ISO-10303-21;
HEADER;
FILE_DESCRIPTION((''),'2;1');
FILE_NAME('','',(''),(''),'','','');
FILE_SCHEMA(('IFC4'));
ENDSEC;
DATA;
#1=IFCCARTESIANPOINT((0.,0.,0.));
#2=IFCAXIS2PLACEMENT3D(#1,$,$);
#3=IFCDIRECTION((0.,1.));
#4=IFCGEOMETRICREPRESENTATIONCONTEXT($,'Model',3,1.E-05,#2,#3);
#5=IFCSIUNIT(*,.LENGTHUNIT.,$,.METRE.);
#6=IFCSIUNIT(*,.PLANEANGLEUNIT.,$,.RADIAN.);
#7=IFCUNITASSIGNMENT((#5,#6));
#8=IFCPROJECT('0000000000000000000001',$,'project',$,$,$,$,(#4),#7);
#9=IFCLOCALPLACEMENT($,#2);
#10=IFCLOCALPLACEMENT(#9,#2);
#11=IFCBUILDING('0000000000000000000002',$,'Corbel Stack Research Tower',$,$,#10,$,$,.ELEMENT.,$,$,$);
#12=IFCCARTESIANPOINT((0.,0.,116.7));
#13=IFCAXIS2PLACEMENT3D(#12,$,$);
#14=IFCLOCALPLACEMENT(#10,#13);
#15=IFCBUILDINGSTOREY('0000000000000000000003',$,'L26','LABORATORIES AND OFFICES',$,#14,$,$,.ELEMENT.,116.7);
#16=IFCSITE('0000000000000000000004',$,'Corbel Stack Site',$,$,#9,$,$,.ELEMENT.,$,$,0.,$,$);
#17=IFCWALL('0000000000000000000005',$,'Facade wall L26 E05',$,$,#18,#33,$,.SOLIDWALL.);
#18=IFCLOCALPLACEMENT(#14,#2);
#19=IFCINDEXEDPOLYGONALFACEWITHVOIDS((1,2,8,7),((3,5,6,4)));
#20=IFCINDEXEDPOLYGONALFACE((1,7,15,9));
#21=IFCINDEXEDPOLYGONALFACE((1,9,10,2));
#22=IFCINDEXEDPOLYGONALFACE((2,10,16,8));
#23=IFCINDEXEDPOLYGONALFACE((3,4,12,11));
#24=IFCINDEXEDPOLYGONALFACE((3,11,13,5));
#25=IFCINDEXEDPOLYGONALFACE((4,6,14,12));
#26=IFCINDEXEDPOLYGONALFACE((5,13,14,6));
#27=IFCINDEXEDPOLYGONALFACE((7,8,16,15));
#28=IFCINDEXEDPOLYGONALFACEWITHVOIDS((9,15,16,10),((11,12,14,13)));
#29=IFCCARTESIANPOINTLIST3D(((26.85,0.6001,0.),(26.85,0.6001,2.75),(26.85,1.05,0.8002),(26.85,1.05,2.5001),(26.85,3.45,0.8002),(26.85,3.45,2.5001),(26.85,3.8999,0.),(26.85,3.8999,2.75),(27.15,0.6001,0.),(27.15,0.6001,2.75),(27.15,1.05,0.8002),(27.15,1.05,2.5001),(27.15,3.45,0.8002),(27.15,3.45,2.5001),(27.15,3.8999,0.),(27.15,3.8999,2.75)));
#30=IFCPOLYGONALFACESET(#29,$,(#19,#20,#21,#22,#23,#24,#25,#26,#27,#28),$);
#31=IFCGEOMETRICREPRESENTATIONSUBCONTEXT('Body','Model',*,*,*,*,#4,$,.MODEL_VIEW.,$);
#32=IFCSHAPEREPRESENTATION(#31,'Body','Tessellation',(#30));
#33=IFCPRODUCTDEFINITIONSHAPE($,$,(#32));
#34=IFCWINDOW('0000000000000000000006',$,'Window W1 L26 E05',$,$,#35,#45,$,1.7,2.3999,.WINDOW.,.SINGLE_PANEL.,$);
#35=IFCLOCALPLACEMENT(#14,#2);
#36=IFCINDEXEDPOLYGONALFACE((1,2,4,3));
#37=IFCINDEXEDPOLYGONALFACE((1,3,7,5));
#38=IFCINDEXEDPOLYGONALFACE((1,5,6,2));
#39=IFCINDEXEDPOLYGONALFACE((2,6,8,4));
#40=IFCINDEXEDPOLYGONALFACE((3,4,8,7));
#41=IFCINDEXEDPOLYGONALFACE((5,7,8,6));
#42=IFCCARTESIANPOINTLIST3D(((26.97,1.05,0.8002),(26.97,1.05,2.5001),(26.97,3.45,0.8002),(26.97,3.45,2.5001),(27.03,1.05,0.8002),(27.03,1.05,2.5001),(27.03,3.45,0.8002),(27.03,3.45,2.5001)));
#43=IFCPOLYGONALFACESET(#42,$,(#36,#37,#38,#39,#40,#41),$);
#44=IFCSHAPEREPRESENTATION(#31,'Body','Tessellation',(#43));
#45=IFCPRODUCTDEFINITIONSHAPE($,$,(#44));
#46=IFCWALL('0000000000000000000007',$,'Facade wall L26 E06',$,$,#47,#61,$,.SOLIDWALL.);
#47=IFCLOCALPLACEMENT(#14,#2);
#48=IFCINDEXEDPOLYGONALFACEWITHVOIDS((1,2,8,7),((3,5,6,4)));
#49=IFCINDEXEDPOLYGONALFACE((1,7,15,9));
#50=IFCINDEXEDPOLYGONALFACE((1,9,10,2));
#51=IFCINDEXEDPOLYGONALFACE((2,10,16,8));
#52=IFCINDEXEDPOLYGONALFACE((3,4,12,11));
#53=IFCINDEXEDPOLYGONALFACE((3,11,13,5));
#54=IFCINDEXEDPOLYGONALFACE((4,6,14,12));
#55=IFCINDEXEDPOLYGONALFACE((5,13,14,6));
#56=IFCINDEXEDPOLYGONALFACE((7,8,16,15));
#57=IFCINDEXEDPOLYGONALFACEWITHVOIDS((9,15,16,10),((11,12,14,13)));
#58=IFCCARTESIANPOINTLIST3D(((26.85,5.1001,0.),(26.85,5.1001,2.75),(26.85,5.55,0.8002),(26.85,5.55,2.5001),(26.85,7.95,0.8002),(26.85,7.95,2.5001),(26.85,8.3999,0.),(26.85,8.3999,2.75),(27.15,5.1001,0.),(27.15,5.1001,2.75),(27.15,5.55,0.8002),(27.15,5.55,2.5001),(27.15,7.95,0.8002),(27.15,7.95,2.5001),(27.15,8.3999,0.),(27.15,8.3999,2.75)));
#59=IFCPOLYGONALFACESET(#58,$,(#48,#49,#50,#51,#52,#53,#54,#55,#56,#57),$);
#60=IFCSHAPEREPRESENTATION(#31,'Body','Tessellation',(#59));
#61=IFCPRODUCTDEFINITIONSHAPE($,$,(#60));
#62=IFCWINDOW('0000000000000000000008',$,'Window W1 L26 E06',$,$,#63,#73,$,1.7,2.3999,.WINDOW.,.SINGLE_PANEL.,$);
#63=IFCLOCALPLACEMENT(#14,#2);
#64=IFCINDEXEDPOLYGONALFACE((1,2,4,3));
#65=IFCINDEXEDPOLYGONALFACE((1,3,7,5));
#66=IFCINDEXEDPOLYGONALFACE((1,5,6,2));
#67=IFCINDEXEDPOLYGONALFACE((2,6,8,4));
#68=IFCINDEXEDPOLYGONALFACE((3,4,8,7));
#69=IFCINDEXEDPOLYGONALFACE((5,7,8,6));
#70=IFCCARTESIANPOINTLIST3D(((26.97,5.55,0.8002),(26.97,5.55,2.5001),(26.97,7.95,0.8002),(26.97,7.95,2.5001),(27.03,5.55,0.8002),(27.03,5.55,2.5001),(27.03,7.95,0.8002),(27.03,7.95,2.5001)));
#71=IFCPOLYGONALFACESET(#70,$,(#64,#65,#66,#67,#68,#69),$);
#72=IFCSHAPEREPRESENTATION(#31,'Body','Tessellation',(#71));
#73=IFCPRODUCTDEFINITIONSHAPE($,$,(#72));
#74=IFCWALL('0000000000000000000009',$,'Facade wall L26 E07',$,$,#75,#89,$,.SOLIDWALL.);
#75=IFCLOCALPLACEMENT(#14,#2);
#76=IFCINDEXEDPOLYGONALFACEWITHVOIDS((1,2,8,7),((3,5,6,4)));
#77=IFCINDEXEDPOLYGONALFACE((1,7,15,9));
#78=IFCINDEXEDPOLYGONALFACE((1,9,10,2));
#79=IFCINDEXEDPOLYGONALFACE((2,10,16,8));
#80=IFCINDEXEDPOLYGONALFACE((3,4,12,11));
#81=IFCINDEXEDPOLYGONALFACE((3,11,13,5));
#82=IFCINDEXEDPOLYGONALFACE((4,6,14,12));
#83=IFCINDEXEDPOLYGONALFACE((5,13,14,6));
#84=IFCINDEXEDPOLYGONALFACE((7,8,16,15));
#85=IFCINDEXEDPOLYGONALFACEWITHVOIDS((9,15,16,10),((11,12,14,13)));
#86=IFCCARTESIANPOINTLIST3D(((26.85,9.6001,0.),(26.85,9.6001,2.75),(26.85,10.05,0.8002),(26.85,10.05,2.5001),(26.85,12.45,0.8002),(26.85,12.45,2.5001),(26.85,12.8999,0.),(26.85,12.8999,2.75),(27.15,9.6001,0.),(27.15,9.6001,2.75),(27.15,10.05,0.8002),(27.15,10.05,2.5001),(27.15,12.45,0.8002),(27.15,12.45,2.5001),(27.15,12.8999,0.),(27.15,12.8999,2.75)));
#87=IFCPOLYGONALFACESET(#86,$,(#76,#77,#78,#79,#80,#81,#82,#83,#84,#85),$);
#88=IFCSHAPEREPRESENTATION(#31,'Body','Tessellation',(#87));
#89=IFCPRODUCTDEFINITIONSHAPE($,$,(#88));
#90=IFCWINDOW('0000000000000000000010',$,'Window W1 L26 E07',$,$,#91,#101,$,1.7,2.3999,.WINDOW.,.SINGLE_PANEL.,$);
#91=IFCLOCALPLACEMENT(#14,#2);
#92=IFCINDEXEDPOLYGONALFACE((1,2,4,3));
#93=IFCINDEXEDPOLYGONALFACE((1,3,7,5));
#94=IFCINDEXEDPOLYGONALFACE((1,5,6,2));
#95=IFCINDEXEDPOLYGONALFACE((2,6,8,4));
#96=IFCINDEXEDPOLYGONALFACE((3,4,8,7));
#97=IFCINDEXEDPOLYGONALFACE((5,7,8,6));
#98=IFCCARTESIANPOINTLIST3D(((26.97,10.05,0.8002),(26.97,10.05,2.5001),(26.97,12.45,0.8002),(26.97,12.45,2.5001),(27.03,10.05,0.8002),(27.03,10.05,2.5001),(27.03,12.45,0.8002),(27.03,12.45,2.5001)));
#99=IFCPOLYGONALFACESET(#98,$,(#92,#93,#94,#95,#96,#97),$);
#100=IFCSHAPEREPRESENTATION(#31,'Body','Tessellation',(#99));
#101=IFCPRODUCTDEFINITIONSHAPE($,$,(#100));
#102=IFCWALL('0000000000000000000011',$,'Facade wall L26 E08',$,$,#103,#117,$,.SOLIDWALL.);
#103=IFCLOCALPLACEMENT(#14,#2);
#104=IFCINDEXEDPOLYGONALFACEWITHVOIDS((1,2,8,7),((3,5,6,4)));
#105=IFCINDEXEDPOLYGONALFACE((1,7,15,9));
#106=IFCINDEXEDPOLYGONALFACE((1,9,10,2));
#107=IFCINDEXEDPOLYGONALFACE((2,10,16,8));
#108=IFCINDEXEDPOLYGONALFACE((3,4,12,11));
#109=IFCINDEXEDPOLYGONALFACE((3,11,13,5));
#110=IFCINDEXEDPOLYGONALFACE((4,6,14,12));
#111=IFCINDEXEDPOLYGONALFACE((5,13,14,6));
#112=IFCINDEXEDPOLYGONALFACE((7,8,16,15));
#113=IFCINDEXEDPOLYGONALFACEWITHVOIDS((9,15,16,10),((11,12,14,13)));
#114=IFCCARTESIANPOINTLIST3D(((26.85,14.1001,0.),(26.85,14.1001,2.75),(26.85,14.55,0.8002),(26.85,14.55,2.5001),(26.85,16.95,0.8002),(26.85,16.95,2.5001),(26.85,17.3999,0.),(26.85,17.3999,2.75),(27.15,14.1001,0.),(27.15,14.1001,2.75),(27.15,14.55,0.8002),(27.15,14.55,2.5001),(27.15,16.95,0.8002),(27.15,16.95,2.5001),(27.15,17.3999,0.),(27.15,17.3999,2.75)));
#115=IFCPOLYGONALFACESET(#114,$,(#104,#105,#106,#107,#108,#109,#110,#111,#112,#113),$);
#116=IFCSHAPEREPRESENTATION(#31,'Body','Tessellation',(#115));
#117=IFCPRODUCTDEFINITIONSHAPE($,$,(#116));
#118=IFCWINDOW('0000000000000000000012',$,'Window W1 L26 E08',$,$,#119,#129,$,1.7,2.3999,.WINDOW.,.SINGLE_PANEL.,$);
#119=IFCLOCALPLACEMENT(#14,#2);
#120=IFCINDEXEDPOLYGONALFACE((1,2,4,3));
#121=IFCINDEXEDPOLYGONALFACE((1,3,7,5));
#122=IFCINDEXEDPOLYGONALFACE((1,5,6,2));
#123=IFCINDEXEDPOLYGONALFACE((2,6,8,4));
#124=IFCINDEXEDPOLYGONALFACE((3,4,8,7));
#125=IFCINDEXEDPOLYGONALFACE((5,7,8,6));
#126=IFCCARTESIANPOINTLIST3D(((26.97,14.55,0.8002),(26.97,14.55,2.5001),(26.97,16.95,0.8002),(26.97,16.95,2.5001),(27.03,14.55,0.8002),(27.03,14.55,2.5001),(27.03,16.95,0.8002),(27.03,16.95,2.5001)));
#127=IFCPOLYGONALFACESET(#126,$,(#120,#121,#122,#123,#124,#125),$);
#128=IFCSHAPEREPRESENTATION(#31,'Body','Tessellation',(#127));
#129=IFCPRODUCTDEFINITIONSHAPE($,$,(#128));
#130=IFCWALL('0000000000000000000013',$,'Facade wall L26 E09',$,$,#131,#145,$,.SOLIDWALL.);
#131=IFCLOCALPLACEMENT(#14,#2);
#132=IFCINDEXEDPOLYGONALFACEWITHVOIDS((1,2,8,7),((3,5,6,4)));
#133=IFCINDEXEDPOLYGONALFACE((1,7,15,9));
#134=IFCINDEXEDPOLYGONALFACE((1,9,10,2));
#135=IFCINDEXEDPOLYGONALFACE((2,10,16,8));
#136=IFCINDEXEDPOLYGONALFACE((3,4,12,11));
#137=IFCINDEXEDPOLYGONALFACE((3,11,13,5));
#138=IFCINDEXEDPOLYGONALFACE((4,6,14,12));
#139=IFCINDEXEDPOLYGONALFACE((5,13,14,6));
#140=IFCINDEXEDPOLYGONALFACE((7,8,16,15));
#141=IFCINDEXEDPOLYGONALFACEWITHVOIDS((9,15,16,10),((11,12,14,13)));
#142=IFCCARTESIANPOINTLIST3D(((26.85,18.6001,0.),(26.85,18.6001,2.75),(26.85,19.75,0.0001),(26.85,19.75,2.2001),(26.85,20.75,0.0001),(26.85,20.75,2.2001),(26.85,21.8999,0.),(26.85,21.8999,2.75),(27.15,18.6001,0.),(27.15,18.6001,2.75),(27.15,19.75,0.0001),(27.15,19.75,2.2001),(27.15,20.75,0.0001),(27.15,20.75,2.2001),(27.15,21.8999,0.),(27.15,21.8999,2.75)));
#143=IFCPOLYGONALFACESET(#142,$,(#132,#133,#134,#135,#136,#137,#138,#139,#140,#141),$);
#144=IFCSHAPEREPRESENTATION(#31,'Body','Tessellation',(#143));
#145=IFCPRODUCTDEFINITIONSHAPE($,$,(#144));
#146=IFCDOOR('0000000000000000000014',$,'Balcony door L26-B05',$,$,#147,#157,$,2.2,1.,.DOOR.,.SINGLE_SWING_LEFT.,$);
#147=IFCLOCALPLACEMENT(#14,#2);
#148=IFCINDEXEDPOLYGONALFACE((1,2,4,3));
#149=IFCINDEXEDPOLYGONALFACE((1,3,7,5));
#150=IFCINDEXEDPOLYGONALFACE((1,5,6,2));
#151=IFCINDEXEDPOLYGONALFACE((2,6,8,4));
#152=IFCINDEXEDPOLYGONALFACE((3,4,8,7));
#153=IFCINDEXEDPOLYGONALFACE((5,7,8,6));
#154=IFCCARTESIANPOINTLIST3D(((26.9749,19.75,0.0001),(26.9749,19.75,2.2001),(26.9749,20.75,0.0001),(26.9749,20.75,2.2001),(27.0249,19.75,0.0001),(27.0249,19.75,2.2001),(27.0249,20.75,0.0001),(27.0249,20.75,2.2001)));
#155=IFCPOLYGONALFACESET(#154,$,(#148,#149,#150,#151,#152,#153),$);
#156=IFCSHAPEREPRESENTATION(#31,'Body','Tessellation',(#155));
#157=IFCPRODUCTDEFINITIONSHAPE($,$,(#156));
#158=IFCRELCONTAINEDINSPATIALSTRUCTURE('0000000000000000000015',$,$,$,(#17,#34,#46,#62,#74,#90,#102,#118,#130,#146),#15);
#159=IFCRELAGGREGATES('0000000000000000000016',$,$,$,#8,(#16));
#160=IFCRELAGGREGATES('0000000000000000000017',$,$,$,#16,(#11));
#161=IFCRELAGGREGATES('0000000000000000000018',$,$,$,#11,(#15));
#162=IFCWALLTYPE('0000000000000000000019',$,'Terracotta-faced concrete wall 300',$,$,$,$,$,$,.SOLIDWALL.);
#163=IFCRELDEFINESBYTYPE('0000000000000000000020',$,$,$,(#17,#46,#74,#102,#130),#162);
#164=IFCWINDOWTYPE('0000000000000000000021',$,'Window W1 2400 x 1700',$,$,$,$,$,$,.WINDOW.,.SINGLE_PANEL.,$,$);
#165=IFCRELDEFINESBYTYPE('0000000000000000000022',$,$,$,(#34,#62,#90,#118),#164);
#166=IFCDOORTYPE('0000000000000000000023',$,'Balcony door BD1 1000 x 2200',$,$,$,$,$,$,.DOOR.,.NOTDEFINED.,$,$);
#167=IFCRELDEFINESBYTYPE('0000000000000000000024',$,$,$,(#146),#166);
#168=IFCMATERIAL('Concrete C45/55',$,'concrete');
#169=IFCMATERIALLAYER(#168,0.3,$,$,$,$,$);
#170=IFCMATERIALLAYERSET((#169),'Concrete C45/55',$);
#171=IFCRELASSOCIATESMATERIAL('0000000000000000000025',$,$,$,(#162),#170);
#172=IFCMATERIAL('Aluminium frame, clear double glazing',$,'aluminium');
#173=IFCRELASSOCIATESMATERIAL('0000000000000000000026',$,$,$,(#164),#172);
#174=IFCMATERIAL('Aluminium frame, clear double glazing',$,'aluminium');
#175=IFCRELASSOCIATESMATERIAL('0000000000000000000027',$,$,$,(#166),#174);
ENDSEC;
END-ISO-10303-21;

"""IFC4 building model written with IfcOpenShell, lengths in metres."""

from ifc_helpers import new_model, si_unit, direction, frame, frame_2d, origin, place, context, subcontext, project, spatial, rectangle, extrude, material, layer, layer_set, type_object, element, fill, save


model = new_model("IFC4")

# Units and contexts
model_context = context("Model", 3, precision=1e-05, world=origin(), true_north=direction((0.0, 1.0)))
body_context = subcontext(model_context, "Body", "Model", "MODEL_VIEW")
ifc_project = project(units=[si_unit("LENGTHUNIT", "METRE"), si_unit("PLANEANGLEUNIT", "RADIAN")], contexts=[model_context])

# Site, building, storey
site_placement = place(None, origin())
site = spatial("IfcSite", under=ifc_project, at=site_placement, Name="Corbel Stack Site", CompositionType="ELEMENT", RefElevation=0.0)
building_placement = place(site_placement, origin())
building = spatial("IfcBuilding", under=site, at=building_placement, Name="Corbel Stack Research Tower", CompositionType="ELEMENT")
storey_placement = place(building_placement, frame((0.0, 0.0, 116.7)))
storey = spatial("IfcBuildingStorey", under=building, at=storey_placement, Name="L26", Description="LABORATORIES AND OFFICES", CompositionType="ELEMENT", Elevation=116.7)

# Walls, openings, windows
ifc_material_1 = material(Name="Concrete C45/55", Category="concrete")
ifc_layer_1 = layer(ifc_material_1, 0.3)
ifc_layer_set_1 = layer_set([ifc_layer_1], Name="Concrete C45/55")
wall_type_1 = type_object("IfcWallType", Name="Terracotta-faced concrete wall 300", PredefinedType="SOLIDWALL", material=ifc_layer_set_1)
wall_1_placement = place(storey_placement, frame((27.0, 3.8999, 0.0), z_axis=(0.0, 0.0, 1.0), x_axis=(0.0, -1.0, 0.0)))
wall_1 = element("IfcWall", 1, at=wall_1_placement, inside=storey, type_object=wall_type_1, Name="Facade wall L26 E05", PredefinedType="SOLIDWALL", context=body_context, shape_type="SweptSolid", body=[
    extrude(rectangle(XDim=3.2998, YDim=0.3, at=frame_2d((1.6499, 0.0))), origin(), (0.0, 0.0, 1.0), 2.75),
])
opening_1_placement = place(wall_1_placement, frame((0.45, 0.0, 0.8)))
opening_1 = element("IfcOpeningElement", 2, at=opening_1_placement, cuts=wall_1, PredefinedType="OPENING", context=body_context, shape_type="SweptSolid", body=[
    extrude(rectangle(XDim=2.3999, YDim=1.7, at=frame_2d((1.2, 0.8501))), frame((0.0, 0.1599, 0.0), z_axis=(0.0, -1.0, 0.0), x_axis=(1.0, 0.0, 0.0)), (0.0, 0.0, 1.0), 0.3201),
])
ifc_material_2 = material(Name="Aluminium frame, clear double glazing", Category="aluminium")
window_type = type_object("IfcWindowType", Name="Window W1 2400 x 1700", PartitioningType="SINGLE_PANEL", PredefinedType="WINDOW", material=ifc_material_2)
window_1_placement = place(opening_1_placement, origin())
window_1 = element("IfcWindow", 3, at=window_1_placement, inside=storey, type_object=window_type, Name="Window W1 L26 E05", OverallHeight=1.7, OverallWidth=2.3999, PartitioningType="SINGLE_PANEL", PredefinedType="WINDOW", context=body_context, shape_type="SweptSolid", body=[
    extrude(rectangle(XDim=2.3999, YDim=1.7, at=frame_2d((1.2, 0.8501))), frame((0.0, 0.03, 0.0), z_axis=(0.0, -1.0, 0.0), x_axis=(1.0, 0.0, 0.0)), (0.0, 0.0, 1.0), 0.0601),
])
fill(opening_1, window_1)
wall_2_placement = place(storey_placement, frame((27.0, 8.3999, 0.0), z_axis=(0.0, 0.0, 1.0), x_axis=(0.0, -1.0, 0.0)))
wall_2 = element("IfcWall", 4, at=wall_2_placement, inside=storey, type_object=wall_type_1, Name="Facade wall L26 E06", PredefinedType="SOLIDWALL", context=body_context, shape_type="SweptSolid", body=[
    extrude(rectangle(XDim=3.2998, YDim=0.3, at=frame_2d((1.6499, 0.0))), origin(), (0.0, 0.0, 1.0), 2.75),
])
opening_2_placement = place(wall_2_placement, frame((0.45, 0.0, 0.8)))
opening_2 = element("IfcOpeningElement", 5, at=opening_2_placement, cuts=wall_2, PredefinedType="OPENING", context=body_context, shape_type="SweptSolid", body=[
    extrude(rectangle(XDim=2.3999, YDim=1.7, at=frame_2d((1.2, 0.8501))), frame((0.0, 0.1599, 0.0), z_axis=(0.0, -1.0, 0.0), x_axis=(1.0, 0.0, 0.0)), (0.0, 0.0, 1.0), 0.3201),
])
window_2_placement = place(opening_2_placement, origin())
window_2 = element("IfcWindow", 6, at=window_2_placement, inside=storey, type_object=window_type, Name="Window W1 L26 E06", OverallHeight=1.7, OverallWidth=2.3999, PartitioningType="SINGLE_PANEL", PredefinedType="WINDOW", context=body_context, shape_type="SweptSolid", body=[
    extrude(rectangle(XDim=2.3999, YDim=1.7, at=frame_2d((1.2, 0.8501))), frame((0.0, 0.03, 0.0), z_axis=(0.0, -1.0, 0.0), x_axis=(1.0, 0.0, 0.0)), (0.0, 0.0, 1.0), 0.0601),
])
fill(opening_2, window_2)
wall_3_placement = place(storey_placement, frame((27.0, 12.8999, 0.0), z_axis=(0.0, 0.0, 1.0), x_axis=(0.0, -1.0, 0.0)))
wall_3 = element("IfcWall", 7, at=wall_3_placement, inside=storey, type_object=wall_type_1, Name="Facade wall L26 E07", PredefinedType="SOLIDWALL", context=body_context, shape_type="SweptSolid", body=[
    extrude(rectangle(XDim=3.2998, YDim=0.3, at=frame_2d((1.6499, 0.0))), origin(), (0.0, 0.0, 1.0), 2.75),
])
opening_3_placement = place(wall_3_placement, frame((0.45, 0.0, 0.8)))
opening_3 = element("IfcOpeningElement", 8, at=opening_3_placement, cuts=wall_3, PredefinedType="OPENING", context=body_context, shape_type="SweptSolid", body=[
    extrude(rectangle(XDim=2.3999, YDim=1.7, at=frame_2d((1.2, 0.8501))), frame((0.0, 0.1599, 0.0), z_axis=(0.0, -1.0, 0.0), x_axis=(1.0, 0.0, 0.0)), (0.0, 0.0, 1.0), 0.3201),
])
window_3_placement = place(opening_3_placement, origin())
window_3 = element("IfcWindow", 9, at=window_3_placement, inside=storey, type_object=window_type, Name="Window W1 L26 E07", OverallHeight=1.7, OverallWidth=2.3999, PartitioningType="SINGLE_PANEL", PredefinedType="WINDOW", context=body_context, shape_type="SweptSolid", body=[
    extrude(rectangle(XDim=2.3999, YDim=1.7, at=frame_2d((1.2, 0.8501))), frame((0.0, 0.03, 0.0), z_axis=(0.0, -1.0, 0.0), x_axis=(1.0, 0.0, 0.0)), (0.0, 0.0, 1.0), 0.0601),
])
fill(opening_3, window_3)
wall_4_placement = place(storey_placement, frame((27.0, 17.3999, 0.0), z_axis=(0.0, 0.0, 1.0), x_axis=(0.0, -1.0, 0.0)))
wall_4 = element("IfcWall", 10, at=wall_4_placement, inside=storey, type_object=wall_type_1, Name="Facade wall L26 E08", PredefinedType="SOLIDWALL", context=body_context, shape_type="SweptSolid", body=[
    extrude(rectangle(XDim=3.2998, YDim=0.3, at=frame_2d((1.6499, 0.0))), origin(), (0.0, 0.0, 1.0), 2.75),
])
opening_4_placement = place(wall_4_placement, frame((0.45, 0.0, 0.8)))
opening_4 = element("IfcOpeningElement", 11, at=opening_4_placement, cuts=wall_4, PredefinedType="OPENING", context=body_context, shape_type="SweptSolid", body=[
    extrude(rectangle(XDim=2.3999, YDim=1.7, at=frame_2d((1.2, 0.8501))), frame((0.0, 0.1599, 0.0), z_axis=(0.0, -1.0, 0.0), x_axis=(1.0, 0.0, 0.0)), (0.0, 0.0, 1.0), 0.3201),
])
window_4_placement = place(opening_4_placement, origin())
window_4 = element("IfcWindow", 12, at=window_4_placement, inside=storey, type_object=window_type, Name="Window W1 L26 E08", OverallHeight=1.7, OverallWidth=2.3999, PartitioningType="SINGLE_PANEL", PredefinedType="WINDOW", context=body_context, shape_type="SweptSolid", body=[
    extrude(rectangle(XDim=2.3999, YDim=1.7, at=frame_2d((1.2, 0.8501))), frame((0.0, 0.03, 0.0), z_axis=(0.0, -1.0, 0.0), x_axis=(1.0, 0.0, 0.0)), (0.0, 0.0, 1.0), 0.0601),
])
fill(opening_4, window_4)

# Wall, opening, door
wall_5_placement = place(storey_placement, frame((27.0, 21.8999, 0.0), z_axis=(0.0, 0.0, 1.0), x_axis=(0.0, -1.0, 0.0)))
wall_5 = element("IfcWall", 13, at=wall_5_placement, inside=storey, type_object=wall_type_1, Name="Facade wall L26 E09", PredefinedType="SOLIDWALL", context=body_context, shape_type="SweptSolid", body=[
    extrude(rectangle(XDim=3.2998, YDim=0.3, at=frame_2d((1.6499, 0.0))), origin(), (0.0, 0.0, 1.0), 2.75),
])
opening_5_placement = place(wall_5_placement, frame((1.1499, 0.0, 0.0)))
opening_5 = element("IfcOpeningElement", 14, at=opening_5_placement, cuts=wall_5, PredefinedType="OPENING", context=body_context, shape_type="SweptSolid", body=[
    extrude(rectangle(XDim=1.0, YDim=2.2, at=frame_2d((0.5, 1.1001))), frame((0.0, 0.1599, 0.0), z_axis=(0.0, -1.0, 0.0), x_axis=(1.0, 0.0, 0.0)), (0.0, 0.0, 1.0), 0.3201),
])
ifc_material_3 = material(Name="Aluminium frame, clear double glazing", Category="aluminium")
door_type = type_object("IfcDoorType", Name="Balcony door BD1 1000 x 2200", OperationType="NOTDEFINED", PredefinedType="DOOR", material=ifc_material_3)
door_placement = place(opening_5_placement, origin())
door = element("IfcDoor", 15, at=door_placement, inside=storey, type_object=door_type, Name="Balcony door L26-B05", OperationType="SINGLE_SWING_LEFT", OverallHeight=2.2, OverallWidth=1.0, PredefinedType="DOOR", context=body_context, shape_type="SweptSolid", body=[
    extrude(rectangle(XDim=1.0, YDim=2.2, at=frame_2d((0.5, 1.1001))), frame((0.0, 0.0249, 0.0), z_axis=(0.0, -1.0, 0.0), x_axis=(1.0, 0.0, 0.0)), (0.0, 0.0, 1.0), 0.05),
])
fill(opening_5, door)

save(model, "model.ifc")
